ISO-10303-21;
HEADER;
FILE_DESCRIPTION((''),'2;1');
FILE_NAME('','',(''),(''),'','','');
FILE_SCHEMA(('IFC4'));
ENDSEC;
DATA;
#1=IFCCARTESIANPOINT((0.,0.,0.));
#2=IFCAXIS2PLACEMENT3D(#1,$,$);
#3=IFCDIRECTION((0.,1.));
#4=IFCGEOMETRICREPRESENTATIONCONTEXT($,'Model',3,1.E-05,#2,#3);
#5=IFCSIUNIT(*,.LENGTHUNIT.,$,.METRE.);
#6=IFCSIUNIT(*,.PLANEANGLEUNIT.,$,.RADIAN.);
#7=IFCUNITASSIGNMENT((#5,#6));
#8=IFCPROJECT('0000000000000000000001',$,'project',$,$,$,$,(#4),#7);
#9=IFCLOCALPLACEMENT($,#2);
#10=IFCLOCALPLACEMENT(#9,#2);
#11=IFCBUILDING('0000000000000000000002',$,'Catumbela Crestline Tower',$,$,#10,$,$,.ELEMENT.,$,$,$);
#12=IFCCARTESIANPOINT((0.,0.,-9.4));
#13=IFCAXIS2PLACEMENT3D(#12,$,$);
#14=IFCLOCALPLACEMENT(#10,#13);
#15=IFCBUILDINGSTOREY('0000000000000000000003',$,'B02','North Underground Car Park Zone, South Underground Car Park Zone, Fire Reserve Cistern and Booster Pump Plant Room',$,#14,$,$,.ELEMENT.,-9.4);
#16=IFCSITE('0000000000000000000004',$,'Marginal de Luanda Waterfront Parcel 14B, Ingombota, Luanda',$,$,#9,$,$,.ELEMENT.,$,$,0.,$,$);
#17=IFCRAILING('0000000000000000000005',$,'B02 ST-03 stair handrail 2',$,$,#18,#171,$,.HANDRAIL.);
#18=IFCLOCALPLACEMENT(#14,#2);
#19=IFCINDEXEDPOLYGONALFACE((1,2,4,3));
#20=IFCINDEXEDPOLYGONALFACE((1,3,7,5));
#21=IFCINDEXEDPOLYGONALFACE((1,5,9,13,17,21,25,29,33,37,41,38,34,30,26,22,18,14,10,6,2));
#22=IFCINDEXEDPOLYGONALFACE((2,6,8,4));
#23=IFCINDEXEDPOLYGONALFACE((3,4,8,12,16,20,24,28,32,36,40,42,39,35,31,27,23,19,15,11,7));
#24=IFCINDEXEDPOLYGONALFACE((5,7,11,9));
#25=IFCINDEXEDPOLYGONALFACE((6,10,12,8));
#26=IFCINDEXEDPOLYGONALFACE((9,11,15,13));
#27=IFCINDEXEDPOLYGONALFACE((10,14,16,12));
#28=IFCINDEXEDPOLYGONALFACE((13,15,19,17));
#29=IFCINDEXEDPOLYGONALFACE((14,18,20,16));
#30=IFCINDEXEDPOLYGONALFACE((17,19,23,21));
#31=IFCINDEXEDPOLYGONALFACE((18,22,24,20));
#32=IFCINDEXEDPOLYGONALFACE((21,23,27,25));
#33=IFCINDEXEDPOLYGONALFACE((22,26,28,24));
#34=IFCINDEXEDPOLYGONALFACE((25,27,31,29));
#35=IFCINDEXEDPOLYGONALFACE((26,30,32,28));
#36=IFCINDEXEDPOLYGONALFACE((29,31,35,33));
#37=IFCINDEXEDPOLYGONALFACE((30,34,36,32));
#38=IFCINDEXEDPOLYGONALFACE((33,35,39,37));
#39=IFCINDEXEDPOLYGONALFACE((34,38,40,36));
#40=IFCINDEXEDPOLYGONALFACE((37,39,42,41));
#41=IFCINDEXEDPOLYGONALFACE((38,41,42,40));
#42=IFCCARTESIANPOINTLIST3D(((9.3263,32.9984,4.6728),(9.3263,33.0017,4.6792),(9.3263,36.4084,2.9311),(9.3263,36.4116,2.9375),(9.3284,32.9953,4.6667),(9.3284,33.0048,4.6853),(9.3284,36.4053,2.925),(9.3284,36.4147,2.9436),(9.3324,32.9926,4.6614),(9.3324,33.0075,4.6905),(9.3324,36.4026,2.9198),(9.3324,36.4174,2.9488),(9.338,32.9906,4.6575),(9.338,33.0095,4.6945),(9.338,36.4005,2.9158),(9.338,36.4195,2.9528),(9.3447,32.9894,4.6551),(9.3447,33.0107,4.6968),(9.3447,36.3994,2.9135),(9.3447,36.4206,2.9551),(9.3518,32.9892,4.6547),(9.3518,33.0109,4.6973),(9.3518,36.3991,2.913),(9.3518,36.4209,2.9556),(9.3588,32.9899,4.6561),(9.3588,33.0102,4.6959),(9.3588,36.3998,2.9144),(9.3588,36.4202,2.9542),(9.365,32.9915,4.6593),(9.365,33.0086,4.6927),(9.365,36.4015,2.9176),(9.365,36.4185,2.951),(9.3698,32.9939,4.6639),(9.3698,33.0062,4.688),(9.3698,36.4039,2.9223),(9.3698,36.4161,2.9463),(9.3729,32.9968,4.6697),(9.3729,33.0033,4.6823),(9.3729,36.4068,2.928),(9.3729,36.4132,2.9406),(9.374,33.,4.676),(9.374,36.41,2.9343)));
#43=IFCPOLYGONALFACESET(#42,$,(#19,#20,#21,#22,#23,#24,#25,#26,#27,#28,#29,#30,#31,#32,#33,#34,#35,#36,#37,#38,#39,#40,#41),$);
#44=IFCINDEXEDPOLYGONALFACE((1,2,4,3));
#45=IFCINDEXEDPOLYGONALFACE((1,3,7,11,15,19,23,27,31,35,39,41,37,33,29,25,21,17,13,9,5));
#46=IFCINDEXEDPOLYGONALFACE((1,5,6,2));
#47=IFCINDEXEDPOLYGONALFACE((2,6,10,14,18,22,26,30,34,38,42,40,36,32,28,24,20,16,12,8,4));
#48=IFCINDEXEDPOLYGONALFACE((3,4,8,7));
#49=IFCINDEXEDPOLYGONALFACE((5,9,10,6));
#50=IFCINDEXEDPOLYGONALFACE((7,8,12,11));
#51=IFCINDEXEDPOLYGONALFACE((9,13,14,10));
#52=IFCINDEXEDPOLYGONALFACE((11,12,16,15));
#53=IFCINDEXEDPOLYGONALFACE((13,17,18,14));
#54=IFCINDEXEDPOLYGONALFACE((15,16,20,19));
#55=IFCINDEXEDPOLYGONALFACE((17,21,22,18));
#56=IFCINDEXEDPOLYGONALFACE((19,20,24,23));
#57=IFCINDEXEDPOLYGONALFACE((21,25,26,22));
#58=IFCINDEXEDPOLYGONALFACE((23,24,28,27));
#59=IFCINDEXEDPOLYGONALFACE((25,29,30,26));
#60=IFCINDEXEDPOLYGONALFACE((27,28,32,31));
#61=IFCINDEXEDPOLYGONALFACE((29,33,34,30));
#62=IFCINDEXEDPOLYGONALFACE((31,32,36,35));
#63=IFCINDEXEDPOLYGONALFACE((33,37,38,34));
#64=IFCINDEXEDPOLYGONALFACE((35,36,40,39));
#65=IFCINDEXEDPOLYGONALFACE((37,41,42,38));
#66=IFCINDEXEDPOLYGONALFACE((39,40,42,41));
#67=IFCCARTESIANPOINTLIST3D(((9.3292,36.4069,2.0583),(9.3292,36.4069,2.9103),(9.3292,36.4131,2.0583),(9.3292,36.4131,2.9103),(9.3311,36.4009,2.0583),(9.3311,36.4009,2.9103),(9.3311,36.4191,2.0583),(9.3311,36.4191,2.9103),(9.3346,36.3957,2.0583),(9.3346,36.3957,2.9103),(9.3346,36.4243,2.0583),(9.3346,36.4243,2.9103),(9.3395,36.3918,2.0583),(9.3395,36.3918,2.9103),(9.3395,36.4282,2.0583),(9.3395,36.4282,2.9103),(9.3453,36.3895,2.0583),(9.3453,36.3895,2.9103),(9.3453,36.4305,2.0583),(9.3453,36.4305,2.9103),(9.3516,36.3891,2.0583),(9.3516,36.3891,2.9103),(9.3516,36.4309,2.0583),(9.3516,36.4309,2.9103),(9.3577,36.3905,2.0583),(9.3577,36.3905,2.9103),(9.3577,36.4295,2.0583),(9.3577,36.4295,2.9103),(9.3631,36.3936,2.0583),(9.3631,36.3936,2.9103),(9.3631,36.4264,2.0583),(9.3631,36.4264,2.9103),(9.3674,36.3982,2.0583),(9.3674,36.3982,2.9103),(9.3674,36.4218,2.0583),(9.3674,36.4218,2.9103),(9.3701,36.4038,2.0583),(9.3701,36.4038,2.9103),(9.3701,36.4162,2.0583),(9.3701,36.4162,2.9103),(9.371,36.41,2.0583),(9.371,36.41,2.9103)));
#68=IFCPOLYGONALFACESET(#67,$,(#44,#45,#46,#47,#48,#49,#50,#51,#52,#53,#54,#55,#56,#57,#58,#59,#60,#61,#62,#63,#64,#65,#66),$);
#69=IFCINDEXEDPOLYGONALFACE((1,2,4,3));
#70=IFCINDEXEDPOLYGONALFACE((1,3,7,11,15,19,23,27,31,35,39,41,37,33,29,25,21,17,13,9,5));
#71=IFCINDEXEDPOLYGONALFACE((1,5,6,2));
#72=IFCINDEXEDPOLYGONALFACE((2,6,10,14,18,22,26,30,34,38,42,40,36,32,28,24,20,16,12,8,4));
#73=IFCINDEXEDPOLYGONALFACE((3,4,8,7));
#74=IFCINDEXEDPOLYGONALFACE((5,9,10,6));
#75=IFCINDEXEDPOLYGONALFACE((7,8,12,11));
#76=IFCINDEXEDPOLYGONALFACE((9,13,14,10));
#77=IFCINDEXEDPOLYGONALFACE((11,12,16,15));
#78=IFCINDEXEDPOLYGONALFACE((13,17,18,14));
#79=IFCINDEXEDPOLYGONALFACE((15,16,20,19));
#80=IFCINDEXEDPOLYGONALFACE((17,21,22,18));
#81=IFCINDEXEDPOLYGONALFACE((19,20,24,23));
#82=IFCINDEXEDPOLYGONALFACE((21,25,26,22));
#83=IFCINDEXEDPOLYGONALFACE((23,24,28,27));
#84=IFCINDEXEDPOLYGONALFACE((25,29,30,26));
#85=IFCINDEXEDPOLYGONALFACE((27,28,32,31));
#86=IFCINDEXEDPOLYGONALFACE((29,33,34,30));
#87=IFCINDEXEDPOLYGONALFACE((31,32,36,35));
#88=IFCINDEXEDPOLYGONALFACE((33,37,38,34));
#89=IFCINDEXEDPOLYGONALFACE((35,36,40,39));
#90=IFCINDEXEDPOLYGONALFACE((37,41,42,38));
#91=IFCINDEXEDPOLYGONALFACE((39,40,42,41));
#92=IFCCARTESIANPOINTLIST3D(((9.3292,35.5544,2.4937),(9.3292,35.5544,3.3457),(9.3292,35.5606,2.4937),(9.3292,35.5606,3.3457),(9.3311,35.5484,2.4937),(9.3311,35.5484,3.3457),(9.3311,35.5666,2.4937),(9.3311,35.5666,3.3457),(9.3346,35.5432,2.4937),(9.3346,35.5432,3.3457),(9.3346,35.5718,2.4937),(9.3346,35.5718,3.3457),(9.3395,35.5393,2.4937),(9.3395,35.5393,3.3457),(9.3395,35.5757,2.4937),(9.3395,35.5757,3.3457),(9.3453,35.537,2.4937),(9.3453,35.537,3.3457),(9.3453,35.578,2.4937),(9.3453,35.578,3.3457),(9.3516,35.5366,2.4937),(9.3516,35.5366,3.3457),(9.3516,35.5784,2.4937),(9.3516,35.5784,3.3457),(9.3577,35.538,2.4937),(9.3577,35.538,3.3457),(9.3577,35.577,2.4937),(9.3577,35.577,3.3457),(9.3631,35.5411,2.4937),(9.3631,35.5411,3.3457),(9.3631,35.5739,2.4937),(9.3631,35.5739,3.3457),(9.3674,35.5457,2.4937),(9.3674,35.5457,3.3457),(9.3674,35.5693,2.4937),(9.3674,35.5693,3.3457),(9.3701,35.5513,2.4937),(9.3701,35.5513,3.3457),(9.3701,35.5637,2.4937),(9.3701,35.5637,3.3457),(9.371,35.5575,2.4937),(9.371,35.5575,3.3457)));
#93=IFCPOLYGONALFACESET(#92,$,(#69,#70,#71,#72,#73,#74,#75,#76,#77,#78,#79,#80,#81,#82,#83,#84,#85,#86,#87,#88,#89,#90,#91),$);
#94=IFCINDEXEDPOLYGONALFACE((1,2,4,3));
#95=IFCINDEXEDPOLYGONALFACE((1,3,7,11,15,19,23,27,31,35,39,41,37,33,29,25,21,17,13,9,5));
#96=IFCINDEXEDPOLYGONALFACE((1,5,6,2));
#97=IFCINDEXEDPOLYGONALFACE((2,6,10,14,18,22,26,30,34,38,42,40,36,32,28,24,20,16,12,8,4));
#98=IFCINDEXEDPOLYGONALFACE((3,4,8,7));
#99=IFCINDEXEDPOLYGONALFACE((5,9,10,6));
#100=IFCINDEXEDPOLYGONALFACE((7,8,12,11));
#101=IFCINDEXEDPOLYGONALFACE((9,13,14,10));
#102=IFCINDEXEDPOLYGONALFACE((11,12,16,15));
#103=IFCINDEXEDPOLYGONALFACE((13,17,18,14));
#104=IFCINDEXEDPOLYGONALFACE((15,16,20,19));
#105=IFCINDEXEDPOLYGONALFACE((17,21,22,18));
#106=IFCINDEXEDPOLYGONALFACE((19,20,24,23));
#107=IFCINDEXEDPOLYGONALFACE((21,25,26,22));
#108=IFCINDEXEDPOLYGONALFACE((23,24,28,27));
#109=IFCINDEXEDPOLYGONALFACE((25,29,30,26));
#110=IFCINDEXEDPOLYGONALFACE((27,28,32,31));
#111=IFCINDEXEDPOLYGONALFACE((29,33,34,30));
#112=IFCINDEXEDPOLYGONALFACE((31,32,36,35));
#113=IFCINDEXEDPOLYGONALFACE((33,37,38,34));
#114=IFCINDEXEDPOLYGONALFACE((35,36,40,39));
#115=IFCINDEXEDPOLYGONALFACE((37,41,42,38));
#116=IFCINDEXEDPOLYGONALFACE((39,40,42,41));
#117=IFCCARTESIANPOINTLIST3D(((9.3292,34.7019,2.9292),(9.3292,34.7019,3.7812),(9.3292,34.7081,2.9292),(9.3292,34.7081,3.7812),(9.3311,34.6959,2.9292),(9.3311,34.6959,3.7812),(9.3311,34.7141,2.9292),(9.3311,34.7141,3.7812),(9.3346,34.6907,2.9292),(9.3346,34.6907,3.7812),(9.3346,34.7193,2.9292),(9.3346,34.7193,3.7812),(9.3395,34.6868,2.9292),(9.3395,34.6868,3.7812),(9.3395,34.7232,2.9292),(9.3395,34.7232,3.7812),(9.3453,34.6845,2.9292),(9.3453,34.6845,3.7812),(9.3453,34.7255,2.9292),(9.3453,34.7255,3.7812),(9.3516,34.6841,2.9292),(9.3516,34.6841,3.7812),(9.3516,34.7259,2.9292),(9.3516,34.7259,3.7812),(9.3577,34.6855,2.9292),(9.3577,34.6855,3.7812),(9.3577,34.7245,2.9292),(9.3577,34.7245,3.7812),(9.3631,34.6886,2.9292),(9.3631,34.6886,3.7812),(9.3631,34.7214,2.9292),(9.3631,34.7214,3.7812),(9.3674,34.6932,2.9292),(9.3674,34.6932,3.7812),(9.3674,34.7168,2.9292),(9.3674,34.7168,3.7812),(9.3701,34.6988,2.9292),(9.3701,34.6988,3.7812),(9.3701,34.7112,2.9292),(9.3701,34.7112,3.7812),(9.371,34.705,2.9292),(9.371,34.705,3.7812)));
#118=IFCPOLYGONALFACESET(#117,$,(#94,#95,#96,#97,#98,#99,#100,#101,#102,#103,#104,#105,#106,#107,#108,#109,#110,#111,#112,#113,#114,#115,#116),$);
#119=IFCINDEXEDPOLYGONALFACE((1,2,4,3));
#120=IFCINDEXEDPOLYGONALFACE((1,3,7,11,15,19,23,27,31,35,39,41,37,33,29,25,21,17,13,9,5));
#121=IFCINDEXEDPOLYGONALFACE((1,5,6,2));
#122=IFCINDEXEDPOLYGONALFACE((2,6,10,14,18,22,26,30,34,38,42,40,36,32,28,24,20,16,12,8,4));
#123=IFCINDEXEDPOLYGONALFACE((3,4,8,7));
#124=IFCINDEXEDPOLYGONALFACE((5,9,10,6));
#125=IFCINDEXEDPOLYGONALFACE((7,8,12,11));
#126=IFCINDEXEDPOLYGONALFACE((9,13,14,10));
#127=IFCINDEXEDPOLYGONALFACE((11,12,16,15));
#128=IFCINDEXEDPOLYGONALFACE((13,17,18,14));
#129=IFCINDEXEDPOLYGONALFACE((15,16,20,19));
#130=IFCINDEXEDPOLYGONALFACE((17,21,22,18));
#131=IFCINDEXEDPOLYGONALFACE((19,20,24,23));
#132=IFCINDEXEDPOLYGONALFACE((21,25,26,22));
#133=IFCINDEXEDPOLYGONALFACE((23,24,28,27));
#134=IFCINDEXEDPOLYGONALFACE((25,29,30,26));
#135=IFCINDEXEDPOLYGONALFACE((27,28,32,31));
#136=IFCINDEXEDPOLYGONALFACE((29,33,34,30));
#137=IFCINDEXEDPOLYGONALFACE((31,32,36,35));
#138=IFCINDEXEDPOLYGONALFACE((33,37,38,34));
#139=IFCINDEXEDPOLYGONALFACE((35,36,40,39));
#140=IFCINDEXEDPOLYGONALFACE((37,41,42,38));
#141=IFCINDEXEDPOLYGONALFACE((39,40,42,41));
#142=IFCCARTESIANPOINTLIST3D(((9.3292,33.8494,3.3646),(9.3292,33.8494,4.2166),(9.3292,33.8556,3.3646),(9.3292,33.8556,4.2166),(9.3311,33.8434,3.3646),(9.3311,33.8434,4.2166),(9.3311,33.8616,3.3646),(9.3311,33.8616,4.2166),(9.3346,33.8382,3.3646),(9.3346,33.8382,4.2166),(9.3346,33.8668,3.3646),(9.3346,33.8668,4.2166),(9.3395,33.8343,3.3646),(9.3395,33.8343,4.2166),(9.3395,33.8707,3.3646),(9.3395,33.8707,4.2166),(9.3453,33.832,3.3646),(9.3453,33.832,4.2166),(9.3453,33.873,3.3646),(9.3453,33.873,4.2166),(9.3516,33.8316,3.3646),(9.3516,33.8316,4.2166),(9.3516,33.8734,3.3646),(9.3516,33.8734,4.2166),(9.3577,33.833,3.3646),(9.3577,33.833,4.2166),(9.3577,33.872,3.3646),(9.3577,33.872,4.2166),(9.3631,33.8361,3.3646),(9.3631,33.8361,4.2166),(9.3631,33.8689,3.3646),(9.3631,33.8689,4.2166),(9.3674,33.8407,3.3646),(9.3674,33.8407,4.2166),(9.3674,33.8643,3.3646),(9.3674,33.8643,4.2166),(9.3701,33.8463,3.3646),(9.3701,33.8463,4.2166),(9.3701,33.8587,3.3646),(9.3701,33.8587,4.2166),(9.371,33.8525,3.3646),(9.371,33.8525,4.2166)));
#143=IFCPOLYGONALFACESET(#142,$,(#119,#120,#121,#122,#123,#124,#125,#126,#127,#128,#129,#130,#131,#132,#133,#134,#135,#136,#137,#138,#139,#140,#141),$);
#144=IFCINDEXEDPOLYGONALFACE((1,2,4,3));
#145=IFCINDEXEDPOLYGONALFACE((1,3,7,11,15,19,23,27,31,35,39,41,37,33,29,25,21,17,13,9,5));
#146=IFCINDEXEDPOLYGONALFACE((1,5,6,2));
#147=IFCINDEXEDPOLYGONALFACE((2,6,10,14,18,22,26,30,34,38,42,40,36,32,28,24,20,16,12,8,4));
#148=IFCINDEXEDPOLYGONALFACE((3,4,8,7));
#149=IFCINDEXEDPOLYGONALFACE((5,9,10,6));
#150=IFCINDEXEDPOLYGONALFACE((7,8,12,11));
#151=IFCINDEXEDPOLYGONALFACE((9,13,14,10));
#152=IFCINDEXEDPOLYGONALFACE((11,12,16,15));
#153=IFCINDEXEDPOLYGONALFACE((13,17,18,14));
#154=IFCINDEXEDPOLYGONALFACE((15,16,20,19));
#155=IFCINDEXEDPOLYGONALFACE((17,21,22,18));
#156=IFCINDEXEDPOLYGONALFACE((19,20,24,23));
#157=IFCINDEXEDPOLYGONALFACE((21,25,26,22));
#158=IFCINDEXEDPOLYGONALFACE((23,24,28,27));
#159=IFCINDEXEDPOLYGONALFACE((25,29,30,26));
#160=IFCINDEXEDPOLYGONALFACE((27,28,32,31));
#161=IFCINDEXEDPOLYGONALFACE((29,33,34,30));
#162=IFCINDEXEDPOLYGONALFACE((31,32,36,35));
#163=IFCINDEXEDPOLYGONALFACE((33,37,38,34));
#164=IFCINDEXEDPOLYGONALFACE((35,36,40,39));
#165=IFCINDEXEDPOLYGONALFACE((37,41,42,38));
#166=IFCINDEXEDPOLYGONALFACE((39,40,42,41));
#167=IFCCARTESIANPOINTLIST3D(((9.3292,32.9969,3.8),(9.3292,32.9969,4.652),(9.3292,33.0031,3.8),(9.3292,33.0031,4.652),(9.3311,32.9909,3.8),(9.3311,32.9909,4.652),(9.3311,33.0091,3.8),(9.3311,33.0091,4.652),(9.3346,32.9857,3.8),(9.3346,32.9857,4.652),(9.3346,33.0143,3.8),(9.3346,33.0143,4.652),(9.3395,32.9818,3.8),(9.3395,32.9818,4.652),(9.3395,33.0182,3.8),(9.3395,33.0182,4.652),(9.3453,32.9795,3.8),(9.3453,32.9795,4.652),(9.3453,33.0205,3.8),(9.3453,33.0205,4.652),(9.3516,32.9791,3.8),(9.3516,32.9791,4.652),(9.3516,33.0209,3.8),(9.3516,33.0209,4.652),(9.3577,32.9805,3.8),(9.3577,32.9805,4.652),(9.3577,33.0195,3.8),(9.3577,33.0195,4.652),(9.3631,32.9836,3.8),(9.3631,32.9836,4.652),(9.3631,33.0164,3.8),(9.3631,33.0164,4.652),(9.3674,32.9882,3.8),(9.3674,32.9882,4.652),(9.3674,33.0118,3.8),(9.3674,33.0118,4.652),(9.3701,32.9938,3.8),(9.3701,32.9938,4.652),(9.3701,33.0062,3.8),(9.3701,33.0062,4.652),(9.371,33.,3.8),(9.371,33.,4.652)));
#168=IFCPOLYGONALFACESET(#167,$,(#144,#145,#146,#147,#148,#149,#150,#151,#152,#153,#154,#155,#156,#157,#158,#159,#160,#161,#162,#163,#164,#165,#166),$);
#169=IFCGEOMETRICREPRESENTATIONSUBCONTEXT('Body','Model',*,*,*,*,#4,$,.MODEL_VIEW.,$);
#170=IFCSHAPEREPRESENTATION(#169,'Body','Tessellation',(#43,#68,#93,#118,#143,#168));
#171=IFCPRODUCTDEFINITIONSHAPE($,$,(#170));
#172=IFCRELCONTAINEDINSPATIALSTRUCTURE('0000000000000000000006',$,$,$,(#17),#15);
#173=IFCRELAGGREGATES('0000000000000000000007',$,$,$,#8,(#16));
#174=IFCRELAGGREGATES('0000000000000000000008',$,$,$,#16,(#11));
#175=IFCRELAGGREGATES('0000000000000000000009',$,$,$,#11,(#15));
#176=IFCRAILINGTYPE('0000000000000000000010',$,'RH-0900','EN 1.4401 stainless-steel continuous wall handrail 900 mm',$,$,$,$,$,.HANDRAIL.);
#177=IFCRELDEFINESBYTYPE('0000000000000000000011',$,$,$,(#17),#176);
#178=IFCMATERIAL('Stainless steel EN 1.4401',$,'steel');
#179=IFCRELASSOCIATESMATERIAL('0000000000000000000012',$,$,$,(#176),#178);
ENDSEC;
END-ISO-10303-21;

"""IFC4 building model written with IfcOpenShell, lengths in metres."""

from ifc_helpers import new_model, si_unit, direction, frame, origin, origin_2d, place, context, subcontext, project, spatial, circle, extrude, material, type_object, element, save


model = new_model("IFC4")

# Units and contexts
model_context = context("Model", 3, precision=1e-05, world=origin(), true_north=direction((0.0, 1.0)))
body_context = subcontext(model_context, "Body", "Model", "MODEL_VIEW")
ifc_project = project(units=[si_unit("LENGTHUNIT", "METRE"), si_unit("PLANEANGLEUNIT", "RADIAN")], contexts=[model_context])

# Site, building, storey
site_placement = place(None, origin())
site = spatial("IfcSite", under=ifc_project, at=site_placement, Name="Marginal de Luanda Waterfront Parcel 14B, Ingombota, Luanda", CompositionType="ELEMENT", RefElevation=0.0)
building_placement = place(site_placement, origin())
building = spatial("IfcBuilding", under=site, at=building_placement, Name="Catumbela Crestline Tower", CompositionType="ELEMENT")
storey_placement = place(building_placement, frame((0.0, 0.0, -9.4)))
storey = spatial("IfcBuildingStorey", under=building, at=storey_placement, Name="B02", Description="North Underground Car Park Zone, South Underground Car Park Zone, Fire Reserve Cistern and Booster Pump Plant Room", CompositionType="ELEMENT", Elevation=-9.4)

# Shared definitions
ifc_material_1 = material(Name="Stainless steel EN 1.4401", Category="steel")

# Railing
railing_type_1 = type_object("IfcRailingType", Name="RH-0900", Description="EN 1.4401 stainless-steel continuous wall handrail 900 mm", PredefinedType="HANDRAIL", material=ifc_material_1)
railing_1_placement = place(storey_placement, frame((9.35, 36.41, 2.0583)))
element("IfcRailing", 1, at=railing_1_placement, inside=storey, type_object=railing_type_1, Name="B02 ST-03 stair handrail 2", PredefinedType="HANDRAIL", context=body_context, shape_type="SweptSolid", body=[
    extrude(circle(Radius=0.024, at=origin_2d()), frame((0.0, 0.0, 0.876), z_axis=(0.0, -0.89056, 0.454865), x_axis=(1.0, 0.0, 0.0)), (0.0, 0.0, 1.0), 3.829),
    extrude(circle(Radius=0.021, at=origin_2d()), origin(), (0.0, 0.0, 1.0), 0.852),
    extrude(circle(Radius=0.021, at=origin_2d()), frame((0.0, -0.8525, 0.4354)), (0.0, 0.0, 1.0), 0.852),
    extrude(circle(Radius=0.021, at=origin_2d()), frame((0.0, -1.705, 0.8709)), (0.0, 0.0, 1.0), 0.852),
    extrude(circle(Radius=0.021, at=origin_2d()), frame((0.0, -2.5575, 1.3063)), (0.0, 0.0, 1.0), 0.852),
    extrude(circle(Radius=0.021, at=origin_2d()), frame((0.0, -3.41, 1.7417)), (0.0, 0.0, 1.0), 0.852),
])

save(model, "model.ifc")
